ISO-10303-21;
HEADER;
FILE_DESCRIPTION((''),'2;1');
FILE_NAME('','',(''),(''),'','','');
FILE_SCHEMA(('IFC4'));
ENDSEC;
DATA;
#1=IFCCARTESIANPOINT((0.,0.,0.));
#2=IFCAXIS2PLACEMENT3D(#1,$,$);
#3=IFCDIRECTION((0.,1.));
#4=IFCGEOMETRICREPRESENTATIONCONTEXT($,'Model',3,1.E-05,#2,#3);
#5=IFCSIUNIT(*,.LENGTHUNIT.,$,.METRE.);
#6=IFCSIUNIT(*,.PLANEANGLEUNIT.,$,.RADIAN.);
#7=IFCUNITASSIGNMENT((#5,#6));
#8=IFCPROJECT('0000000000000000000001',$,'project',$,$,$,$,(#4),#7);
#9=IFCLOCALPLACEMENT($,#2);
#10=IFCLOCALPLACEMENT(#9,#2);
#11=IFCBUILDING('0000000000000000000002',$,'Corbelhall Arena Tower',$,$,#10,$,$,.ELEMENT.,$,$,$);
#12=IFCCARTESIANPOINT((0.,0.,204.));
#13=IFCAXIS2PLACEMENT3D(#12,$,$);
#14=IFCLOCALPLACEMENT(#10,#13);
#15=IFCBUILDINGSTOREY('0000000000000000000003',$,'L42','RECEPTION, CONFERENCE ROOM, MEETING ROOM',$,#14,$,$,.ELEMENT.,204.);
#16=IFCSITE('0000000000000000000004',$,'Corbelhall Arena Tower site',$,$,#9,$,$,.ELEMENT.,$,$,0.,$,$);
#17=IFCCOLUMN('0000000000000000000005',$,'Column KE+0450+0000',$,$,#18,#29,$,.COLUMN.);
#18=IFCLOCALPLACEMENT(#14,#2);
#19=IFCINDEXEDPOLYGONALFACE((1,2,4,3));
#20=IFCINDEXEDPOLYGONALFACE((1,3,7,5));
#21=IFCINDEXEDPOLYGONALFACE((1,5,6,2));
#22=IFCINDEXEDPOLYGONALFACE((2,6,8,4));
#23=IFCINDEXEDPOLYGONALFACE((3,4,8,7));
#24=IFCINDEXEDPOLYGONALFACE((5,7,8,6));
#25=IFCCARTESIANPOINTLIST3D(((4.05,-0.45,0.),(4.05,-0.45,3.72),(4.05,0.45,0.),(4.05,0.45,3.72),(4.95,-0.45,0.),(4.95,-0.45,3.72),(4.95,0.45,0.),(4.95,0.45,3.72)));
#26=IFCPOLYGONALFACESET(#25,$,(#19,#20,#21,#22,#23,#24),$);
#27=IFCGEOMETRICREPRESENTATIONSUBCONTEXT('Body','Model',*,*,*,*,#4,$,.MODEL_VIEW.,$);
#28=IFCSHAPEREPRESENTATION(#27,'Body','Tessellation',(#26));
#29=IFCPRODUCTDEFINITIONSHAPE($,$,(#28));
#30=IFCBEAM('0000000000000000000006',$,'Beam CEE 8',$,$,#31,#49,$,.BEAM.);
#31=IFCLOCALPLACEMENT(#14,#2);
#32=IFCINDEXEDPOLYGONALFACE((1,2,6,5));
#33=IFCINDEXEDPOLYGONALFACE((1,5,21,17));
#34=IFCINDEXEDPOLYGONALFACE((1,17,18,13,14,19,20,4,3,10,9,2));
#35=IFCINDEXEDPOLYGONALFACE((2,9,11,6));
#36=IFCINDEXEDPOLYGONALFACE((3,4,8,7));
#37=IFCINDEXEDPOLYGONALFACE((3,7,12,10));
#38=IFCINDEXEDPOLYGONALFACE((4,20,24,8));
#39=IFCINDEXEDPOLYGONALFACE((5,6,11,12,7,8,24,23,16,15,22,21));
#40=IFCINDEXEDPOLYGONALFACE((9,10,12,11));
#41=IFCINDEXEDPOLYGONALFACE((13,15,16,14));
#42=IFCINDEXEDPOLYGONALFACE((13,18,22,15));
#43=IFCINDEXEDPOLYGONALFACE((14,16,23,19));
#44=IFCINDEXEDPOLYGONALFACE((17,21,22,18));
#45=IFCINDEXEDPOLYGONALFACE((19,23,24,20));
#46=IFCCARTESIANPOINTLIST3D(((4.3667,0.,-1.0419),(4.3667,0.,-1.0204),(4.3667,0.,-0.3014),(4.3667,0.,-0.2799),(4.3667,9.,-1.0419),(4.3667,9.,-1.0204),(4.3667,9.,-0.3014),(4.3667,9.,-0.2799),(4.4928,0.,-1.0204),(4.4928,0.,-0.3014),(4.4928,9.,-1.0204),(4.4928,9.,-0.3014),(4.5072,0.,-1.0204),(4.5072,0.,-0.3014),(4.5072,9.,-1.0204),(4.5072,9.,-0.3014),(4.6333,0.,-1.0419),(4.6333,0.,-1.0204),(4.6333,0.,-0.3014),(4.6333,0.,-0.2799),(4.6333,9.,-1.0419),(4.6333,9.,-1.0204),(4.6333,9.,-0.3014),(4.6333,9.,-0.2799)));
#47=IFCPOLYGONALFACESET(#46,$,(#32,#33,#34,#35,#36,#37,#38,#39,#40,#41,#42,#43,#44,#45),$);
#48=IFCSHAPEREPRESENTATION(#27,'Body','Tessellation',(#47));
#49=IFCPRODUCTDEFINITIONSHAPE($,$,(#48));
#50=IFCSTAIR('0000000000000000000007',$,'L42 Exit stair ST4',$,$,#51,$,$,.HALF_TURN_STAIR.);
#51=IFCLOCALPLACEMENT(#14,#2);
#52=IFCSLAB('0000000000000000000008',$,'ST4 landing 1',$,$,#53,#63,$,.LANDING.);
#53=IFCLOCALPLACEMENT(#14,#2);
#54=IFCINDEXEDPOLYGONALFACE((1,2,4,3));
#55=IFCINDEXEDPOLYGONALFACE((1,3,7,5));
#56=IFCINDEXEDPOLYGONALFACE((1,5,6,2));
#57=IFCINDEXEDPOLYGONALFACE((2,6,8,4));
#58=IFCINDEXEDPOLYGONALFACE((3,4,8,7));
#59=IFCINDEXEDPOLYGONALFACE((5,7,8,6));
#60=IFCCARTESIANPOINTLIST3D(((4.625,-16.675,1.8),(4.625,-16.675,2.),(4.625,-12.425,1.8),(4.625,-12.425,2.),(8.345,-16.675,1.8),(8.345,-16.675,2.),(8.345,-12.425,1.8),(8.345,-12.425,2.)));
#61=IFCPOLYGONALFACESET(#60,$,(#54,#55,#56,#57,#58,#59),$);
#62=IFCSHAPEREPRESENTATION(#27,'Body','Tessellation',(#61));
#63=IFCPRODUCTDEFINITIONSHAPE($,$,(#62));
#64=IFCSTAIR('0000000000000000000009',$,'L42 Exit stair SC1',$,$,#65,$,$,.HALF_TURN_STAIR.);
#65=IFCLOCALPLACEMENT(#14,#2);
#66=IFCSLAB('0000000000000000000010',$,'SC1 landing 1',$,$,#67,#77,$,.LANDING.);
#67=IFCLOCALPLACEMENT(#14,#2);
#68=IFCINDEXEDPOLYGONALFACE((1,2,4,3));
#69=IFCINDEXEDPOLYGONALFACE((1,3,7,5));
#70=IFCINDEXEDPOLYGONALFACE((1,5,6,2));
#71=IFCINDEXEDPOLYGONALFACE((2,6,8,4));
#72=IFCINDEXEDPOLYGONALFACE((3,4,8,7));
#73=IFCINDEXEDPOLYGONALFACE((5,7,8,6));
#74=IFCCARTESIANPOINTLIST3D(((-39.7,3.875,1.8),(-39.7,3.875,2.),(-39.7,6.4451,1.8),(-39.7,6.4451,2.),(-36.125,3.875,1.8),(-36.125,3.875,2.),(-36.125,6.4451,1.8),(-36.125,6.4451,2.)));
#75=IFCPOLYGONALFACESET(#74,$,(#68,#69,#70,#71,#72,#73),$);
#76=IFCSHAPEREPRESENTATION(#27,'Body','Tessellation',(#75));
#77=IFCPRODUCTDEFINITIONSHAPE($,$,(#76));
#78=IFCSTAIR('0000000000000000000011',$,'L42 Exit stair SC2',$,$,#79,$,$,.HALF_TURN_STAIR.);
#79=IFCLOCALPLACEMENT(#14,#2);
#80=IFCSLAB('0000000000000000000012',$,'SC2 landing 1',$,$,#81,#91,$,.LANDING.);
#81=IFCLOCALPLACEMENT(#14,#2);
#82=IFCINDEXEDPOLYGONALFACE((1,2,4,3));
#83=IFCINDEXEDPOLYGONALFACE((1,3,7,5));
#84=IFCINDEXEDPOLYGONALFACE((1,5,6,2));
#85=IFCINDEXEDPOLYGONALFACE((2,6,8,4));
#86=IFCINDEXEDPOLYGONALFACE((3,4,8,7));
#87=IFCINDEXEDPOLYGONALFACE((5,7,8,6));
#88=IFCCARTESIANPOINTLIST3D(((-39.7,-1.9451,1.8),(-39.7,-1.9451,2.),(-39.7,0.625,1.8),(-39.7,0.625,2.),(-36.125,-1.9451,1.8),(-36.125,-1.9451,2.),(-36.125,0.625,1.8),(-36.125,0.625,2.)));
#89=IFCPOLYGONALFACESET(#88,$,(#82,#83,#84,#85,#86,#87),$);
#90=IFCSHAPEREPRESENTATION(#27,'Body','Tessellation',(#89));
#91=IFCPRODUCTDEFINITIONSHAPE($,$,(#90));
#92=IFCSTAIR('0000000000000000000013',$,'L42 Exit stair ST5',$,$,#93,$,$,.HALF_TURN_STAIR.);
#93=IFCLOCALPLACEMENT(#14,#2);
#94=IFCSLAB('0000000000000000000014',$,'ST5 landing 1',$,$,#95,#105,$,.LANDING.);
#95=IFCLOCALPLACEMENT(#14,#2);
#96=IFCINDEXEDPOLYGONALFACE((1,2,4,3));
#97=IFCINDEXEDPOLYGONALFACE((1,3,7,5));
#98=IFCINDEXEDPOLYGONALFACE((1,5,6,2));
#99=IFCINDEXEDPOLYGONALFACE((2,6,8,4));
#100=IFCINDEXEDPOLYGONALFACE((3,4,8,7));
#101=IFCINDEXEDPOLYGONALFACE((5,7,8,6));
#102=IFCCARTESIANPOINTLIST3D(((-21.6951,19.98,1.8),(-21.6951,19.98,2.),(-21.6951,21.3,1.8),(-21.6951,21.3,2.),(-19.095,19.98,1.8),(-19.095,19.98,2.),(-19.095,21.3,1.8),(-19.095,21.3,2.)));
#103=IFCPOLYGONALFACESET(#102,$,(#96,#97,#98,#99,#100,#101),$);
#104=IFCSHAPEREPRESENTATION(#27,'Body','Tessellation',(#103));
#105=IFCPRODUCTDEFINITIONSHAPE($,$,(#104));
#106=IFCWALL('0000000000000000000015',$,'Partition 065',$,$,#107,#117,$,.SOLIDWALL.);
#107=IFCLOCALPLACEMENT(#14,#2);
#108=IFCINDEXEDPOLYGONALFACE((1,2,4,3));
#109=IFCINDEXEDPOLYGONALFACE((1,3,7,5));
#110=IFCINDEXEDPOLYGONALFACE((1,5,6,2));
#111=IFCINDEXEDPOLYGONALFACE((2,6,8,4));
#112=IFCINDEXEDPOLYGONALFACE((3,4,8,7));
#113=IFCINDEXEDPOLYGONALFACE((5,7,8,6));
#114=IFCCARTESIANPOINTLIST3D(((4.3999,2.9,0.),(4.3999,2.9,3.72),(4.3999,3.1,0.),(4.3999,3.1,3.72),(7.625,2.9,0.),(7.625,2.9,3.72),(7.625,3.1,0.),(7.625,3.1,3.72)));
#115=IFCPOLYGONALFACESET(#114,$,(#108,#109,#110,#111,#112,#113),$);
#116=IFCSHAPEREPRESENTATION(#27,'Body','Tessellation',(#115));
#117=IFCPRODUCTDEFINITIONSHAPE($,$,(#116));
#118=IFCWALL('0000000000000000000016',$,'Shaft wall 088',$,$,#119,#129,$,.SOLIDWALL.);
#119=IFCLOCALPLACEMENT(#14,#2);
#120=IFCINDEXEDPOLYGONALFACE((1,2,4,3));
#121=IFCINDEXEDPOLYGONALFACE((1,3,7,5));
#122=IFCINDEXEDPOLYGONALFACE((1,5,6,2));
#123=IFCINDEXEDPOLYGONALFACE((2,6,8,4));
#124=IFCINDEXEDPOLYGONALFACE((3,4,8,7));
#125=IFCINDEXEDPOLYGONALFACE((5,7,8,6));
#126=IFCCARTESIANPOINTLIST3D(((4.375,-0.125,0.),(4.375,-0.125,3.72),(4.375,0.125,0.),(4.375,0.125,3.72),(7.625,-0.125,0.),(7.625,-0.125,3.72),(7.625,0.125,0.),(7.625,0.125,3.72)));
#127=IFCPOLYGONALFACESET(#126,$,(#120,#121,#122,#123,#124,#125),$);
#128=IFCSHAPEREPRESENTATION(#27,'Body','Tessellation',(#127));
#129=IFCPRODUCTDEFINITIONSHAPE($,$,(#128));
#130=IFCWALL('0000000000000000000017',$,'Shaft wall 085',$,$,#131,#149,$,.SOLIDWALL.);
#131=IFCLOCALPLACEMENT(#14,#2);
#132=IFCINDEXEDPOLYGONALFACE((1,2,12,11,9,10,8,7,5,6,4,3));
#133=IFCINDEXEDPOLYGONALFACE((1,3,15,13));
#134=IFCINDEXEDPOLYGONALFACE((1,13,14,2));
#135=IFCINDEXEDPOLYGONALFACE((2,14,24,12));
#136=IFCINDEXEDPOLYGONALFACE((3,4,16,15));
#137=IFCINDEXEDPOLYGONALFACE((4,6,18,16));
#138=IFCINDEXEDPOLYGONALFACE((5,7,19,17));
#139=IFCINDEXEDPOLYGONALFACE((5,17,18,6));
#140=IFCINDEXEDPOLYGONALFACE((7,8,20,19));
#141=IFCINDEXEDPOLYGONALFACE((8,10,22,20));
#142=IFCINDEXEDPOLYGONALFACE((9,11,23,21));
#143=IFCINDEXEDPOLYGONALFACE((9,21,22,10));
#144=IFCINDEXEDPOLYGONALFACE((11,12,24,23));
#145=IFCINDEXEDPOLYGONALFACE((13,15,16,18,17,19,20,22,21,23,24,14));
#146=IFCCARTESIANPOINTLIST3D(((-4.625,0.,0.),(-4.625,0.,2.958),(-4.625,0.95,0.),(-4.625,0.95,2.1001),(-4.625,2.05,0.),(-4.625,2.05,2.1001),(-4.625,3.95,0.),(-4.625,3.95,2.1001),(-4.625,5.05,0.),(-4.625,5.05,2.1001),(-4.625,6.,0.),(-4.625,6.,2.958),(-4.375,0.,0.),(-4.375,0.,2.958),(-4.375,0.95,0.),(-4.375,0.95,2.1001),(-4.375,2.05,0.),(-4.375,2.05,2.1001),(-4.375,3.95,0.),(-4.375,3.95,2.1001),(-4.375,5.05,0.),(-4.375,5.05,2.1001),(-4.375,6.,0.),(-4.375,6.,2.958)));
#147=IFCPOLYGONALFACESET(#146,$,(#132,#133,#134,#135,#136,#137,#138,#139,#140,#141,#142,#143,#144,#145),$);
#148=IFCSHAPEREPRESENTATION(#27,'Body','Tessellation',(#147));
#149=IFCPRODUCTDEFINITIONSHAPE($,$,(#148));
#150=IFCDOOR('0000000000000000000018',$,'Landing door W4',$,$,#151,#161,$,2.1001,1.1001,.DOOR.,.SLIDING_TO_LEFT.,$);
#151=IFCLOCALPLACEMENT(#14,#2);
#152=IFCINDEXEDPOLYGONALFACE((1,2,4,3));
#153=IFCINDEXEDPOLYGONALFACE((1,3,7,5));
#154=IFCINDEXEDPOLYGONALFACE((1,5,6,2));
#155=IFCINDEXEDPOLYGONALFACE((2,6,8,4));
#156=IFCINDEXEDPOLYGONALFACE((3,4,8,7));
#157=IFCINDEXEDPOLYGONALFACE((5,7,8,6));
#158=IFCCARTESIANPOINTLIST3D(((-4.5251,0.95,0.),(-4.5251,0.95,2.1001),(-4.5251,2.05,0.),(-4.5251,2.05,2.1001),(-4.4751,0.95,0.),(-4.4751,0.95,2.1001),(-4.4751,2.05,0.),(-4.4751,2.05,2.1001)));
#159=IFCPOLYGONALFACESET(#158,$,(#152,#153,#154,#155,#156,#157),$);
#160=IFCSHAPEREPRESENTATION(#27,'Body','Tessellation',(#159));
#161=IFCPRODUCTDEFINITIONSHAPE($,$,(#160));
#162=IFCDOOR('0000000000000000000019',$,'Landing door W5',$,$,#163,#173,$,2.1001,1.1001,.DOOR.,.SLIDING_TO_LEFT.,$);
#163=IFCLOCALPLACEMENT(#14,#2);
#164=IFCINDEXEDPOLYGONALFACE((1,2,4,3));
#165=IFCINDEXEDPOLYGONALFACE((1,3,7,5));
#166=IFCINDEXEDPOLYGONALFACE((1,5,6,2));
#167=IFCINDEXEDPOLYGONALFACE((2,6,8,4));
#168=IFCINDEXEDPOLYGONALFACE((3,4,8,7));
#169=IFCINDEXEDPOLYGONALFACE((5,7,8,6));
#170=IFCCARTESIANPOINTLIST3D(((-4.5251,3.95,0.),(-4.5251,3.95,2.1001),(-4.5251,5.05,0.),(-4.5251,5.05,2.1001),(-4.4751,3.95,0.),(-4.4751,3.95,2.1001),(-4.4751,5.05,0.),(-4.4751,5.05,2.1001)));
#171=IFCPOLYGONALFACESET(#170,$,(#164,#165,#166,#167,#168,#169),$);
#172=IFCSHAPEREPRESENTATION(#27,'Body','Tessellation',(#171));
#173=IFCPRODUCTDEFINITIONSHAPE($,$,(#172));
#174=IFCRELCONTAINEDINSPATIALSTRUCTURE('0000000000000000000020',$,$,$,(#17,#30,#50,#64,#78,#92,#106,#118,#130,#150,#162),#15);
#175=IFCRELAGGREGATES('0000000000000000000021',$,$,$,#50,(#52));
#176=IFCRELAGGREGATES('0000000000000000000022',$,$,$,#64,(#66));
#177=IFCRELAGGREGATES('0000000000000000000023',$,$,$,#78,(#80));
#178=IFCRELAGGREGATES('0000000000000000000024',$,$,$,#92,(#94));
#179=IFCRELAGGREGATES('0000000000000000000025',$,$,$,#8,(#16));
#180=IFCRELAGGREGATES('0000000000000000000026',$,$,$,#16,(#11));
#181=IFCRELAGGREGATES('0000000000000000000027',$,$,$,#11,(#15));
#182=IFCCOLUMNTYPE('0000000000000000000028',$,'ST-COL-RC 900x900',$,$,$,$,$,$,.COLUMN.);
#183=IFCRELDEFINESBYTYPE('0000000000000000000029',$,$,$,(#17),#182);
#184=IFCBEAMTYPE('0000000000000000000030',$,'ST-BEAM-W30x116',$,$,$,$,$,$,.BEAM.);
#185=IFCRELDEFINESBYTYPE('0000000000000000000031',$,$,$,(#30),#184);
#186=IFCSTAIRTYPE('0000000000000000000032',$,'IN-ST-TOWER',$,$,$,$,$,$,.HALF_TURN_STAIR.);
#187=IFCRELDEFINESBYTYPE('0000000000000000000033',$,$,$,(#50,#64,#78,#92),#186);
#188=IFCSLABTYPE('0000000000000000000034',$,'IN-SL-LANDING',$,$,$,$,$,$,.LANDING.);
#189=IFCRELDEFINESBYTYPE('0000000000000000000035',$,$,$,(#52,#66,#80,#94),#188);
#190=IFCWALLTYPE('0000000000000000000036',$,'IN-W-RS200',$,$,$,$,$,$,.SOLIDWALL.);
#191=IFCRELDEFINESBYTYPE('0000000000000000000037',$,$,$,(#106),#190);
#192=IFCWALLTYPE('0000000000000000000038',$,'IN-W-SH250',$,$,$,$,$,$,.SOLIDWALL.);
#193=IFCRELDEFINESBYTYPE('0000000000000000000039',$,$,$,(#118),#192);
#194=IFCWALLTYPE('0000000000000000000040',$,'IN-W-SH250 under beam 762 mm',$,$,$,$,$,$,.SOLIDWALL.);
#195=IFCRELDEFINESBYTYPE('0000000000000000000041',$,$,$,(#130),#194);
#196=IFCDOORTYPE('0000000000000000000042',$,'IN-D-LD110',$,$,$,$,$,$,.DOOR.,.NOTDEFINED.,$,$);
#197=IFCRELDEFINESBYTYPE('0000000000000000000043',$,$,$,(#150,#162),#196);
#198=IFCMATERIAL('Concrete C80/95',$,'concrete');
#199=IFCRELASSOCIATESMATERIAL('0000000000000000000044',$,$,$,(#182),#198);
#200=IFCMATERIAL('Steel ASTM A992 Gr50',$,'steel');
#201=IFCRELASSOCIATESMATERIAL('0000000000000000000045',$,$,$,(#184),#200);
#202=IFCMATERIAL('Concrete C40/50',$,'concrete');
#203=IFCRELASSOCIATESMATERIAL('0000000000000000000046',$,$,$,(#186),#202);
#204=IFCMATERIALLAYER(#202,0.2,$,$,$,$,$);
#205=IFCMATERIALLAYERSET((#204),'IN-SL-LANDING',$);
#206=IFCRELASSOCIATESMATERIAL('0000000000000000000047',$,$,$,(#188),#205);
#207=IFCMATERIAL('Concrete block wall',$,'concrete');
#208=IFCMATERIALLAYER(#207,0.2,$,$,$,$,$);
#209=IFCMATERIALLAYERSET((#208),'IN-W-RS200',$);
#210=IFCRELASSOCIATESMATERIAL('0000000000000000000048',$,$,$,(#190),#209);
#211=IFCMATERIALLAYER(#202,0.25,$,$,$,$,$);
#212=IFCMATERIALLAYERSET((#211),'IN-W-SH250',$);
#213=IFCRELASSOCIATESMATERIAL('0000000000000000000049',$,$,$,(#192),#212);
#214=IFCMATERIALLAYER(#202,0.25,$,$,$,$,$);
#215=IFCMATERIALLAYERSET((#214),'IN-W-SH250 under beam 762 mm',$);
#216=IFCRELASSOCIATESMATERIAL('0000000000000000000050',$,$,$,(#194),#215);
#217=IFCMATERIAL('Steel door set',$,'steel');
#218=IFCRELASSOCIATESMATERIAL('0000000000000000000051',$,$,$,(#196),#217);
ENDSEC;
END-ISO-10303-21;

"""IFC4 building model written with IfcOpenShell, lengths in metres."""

from ifc_helpers import new_model, si_unit, direction, frame, frame_2d, origin, origin_2d, place, context, subcontext, project, spatial, polyline, rectangle, i_section, outline, extrude, material, layer, layer_set, material_profile, profile_set, type_object, element, fill, aggregate, save


model = new_model("IFC4")

# Units and contexts
model_context = context("Model", 3, precision=1e-05, world=origin(), true_north=direction((0.0, 1.0)))
body_context = subcontext(model_context, "Body", "Model", "MODEL_VIEW")
ifc_project = project(units=[si_unit("LENGTHUNIT", "METRE"), si_unit("PLANEANGLEUNIT", "RADIAN")], contexts=[model_context])

# Site, building, storey
site_placement = place(None, origin())
site = spatial("IfcSite", under=ifc_project, at=site_placement, Name="Corbelhall Arena Tower site", CompositionType="ELEMENT", RefElevation=0.0)
building_placement = place(site_placement, origin())
building = spatial("IfcBuilding", under=site, at=building_placement, Name="Corbelhall Arena Tower", CompositionType="ELEMENT")
storey_placement = place(building_placement, frame((0.0, 0.0, 204.0)))
storey = spatial("IfcBuildingStorey", under=building, at=storey_placement, Name="L42", Description="RECEPTION, CONFERENCE ROOM, MEETING ROOM", CompositionType="ELEMENT", Elevation=204.0)

# Column
ifc_material_1 = material(Name="Concrete C80/95", Category="concrete")
ifc_material_profile_1 = material_profile(ifc_material_1, rectangle(XDim=0.8999, YDim=0.8999, at=origin_2d()))
ifc_profile_set_1 = profile_set([ifc_material_profile_1], Name="Concrete C80/95")
column_type = type_object("IfcColumnType", Name="ST-COL-RC 900x900", PredefinedType="COLUMN", material=ifc_profile_set_1)
column_placement = place(storey_placement, frame((4.5, 0.0, 0.0), z_axis=(0.0, 0.0, 1.0), x_axis=(1.0, 0.0, 0.0)))
element("IfcColumn", 1, at=column_placement, inside=storey, type_object=column_type, Name="Column KE+0450+0000", PredefinedType="COLUMN", context=body_context, shape_type="SweptSolid", body=[
    extrude(rectangle(XDim=0.8999, YDim=0.8999, at=origin_2d()), origin(), (0.0, 0.0, 1.0), 3.72),
])

# Beam
ifc_material_2 = material(Name="Steel ASTM A992 Gr50", Category="steel")
ifc_material_profile_2 = material_profile(ifc_material_2, i_section(OverallWidth=0.2666, OverallDepth=0.762, WebThickness=0.0144, FlangeThickness=0.0215, at=origin_2d()))
ifc_profile_set_2 = profile_set([ifc_material_profile_2], Name="Steel ASTM A992 Gr50")
beam_type = type_object("IfcBeamType", Name="ST-BEAM-W30x116", PredefinedType="BEAM", material=ifc_profile_set_2)
beam_placement = place(storey_placement, frame((4.5, 0.0, -0.6609), z_axis=(0.0, 1.0, 0.0), x_axis=(-1.0, 0.0, 0.0)))
element("IfcBeam", 2, at=beam_placement, inside=storey, type_object=beam_type, Name="Beam CEE 8", PredefinedType="BEAM", context=body_context, shape_type="SweptSolid", body=[
    extrude(i_section(OverallWidth=0.2666, OverallDepth=0.762, WebThickness=0.0144, FlangeThickness=0.0215, at=origin_2d()), origin(), (0.0, 0.0, 1.0), 9.0),
])

# Stairs, slabs
ifc_material_3 = material(Name="Concrete C40/50", Category="concrete")
stair_type = type_object("IfcStairType", Name="IN-ST-TOWER", PredefinedType="HALF_TURN_STAIR", material=ifc_material_3)
stair_1_placement = place(storey_placement, origin())
stair_1 = element("IfcStair", 3, at=stair_1_placement, inside=storey, type_object=stair_type, Name="L42 Exit stair ST4", PredefinedType="HALF_TURN_STAIR")
ifc_layer_1 = layer(ifc_material_3, 0.2)
ifc_layer_set_1 = layer_set([ifc_layer_1], Name="IN-SL-LANDING")
slab_type = type_object("IfcSlabType", Name="IN-SL-LANDING", PredefinedType="LANDING", material=ifc_layer_set_1)
slab_1_placement = place(storey_placement, frame((0.0, 0.0, 1.8)))
slab_1 = element("IfcSlab", 4, at=slab_1_placement, type_object=slab_type, Name="ST4 landing 1", PredefinedType="LANDING", context=body_context, shape_type="SweptSolid", body=[
    extrude(outline(polyline([(8.345, -12.425), (4.625, -12.425), (4.625, -16.675), (8.345, -16.675), (8.345, -12.425)])), origin(), (0.0, 0.0, 1.0), 0.2),
])
aggregate(stair_1, [slab_1])
stair_2_placement = place(storey_placement, origin())
stair_2 = element("IfcStair", 5, at=stair_2_placement, inside=storey, type_object=stair_type, Name="L42 Exit stair SC1", PredefinedType="HALF_TURN_STAIR")
slab_2_placement = place(storey_placement, frame((0.0, 0.0, 1.8)))
slab_2 = element("IfcSlab", 6, at=slab_2_placement, type_object=slab_type, Name="SC1 landing 1", PredefinedType="LANDING", context=body_context, shape_type="SweptSolid", body=[
    extrude(outline(polyline([(-39.7, 6.4451), (-39.7, 3.875), (-36.125, 3.875), (-36.125, 6.4451), (-39.7, 6.4451)])), origin(), (0.0, 0.0, 1.0), 0.2),
])
aggregate(stair_2, [slab_2])
stair_3_placement = place(storey_placement, origin())
stair_3 = element("IfcStair", 7, at=stair_3_placement, inside=storey, type_object=stair_type, Name="L42 Exit stair SC2", PredefinedType="HALF_TURN_STAIR")
slab_3_placement = place(storey_placement, frame((0.0, 0.0, 1.8)))
slab_3 = element("IfcSlab", 8, at=slab_3_placement, type_object=slab_type, Name="SC2 landing 1", PredefinedType="LANDING", context=body_context, shape_type="SweptSolid", body=[
    extrude(outline(polyline([(-36.125, -1.9451), (-36.125, 0.625), (-39.7, 0.625), (-39.7, -1.9451), (-36.125, -1.9451)])), origin(), (0.0, 0.0, 1.0), 0.2),
])
aggregate(stair_3, [slab_3])
stair_4_placement = place(storey_placement, origin())
stair_4 = element("IfcStair", 9, at=stair_4_placement, inside=storey, type_object=stair_type, Name="L42 Exit stair ST5", PredefinedType="HALF_TURN_STAIR")
slab_4_placement = place(storey_placement, frame((0.0, 0.0, 1.8)))
slab_4 = element("IfcSlab", 10, at=slab_4_placement, type_object=slab_type, Name="ST5 landing 1", PredefinedType="LANDING", context=body_context, shape_type="SweptSolid", body=[
    extrude(outline(polyline([(-19.095, 19.98), (-19.095, 21.3), (-21.6951, 21.3), (-21.6951, 19.98), (-19.095, 19.98)])), origin(), (0.0, 0.0, 1.0), 0.2),
])
aggregate(stair_4, [slab_4])

# Wall
ifc_material_4 = material(Name="Concrete block wall", Category="concrete")
ifc_layer_2 = layer(ifc_material_4, 0.2)
ifc_layer_set_2 = layer_set([ifc_layer_2], Name="IN-W-RS200")
wall_type_1 = type_object("IfcWallType", Name="IN-W-RS200", PredefinedType="SOLIDWALL", material=ifc_layer_set_2)
wall_1_placement = place(storey_placement, frame((4.3999, 3.0, 0.0), z_axis=(0.0, 0.0, 1.0), x_axis=(1.0, 0.0, 0.0)))
element("IfcWall", 11, at=wall_1_placement, inside=storey, type_object=wall_type_1, Name="Partition 065", PredefinedType="SOLIDWALL", context=body_context, shape_type="SweptSolid", body=[
    extrude(rectangle(XDim=3.2251, YDim=0.2, at=frame_2d((1.6125, 0.0))), origin(), (0.0, 0.0, 1.0), 3.72),
])

# Shared definitions
ifc_material_5 = material(Name="Steel door set", Category="steel")

# Wall
ifc_layer_3 = layer(ifc_material_3, 0.25)
ifc_layer_set_3 = layer_set([ifc_layer_3], Name="IN-W-SH250")
wall_type_2 = type_object("IfcWallType", Name="IN-W-SH250", PredefinedType="SOLIDWALL", material=ifc_layer_set_3)
wall_2_placement = place(storey_placement, frame((4.375, 0.0, 0.0), z_axis=(0.0, 0.0, 1.0), x_axis=(1.0, 0.0, 0.0)))
element("IfcWall", 12, at=wall_2_placement, inside=storey, type_object=wall_type_2, Name="Shaft wall 088", PredefinedType="SOLIDWALL", context=body_context, shape_type="SweptSolid", body=[
    extrude(rectangle(XDim=3.25, YDim=0.25, at=frame_2d((1.625, 0.0))), origin(), (0.0, 0.0, 1.0), 3.72),
])

# Wall, openings, doors
ifc_layer_4 = layer(ifc_material_3, 0.25)
ifc_layer_set_4 = layer_set([ifc_layer_4], Name="IN-W-SH250 under beam 762 mm")
wall_type_3 = type_object("IfcWallType", Name="IN-W-SH250 under beam 762 mm", PredefinedType="SOLIDWALL", material=ifc_layer_set_4)
wall_3_placement = place(storey_placement, frame((-4.5, 6.0, 0.0), z_axis=(0.0, 0.0, 1.0), x_axis=(0.0, -1.0, 0.0)))
wall_3 = element("IfcWall", 13, at=wall_3_placement, inside=storey, type_object=wall_type_3, Name="Shaft wall 085", PredefinedType="SOLIDWALL", context=body_context, shape_type="SweptSolid", body=[
    extrude(rectangle(XDim=6.0, YDim=0.25, at=frame_2d((3.0, 0.0))), origin(), (0.0, 0.0, 1.0), 2.958),
])
opening_1_placement = place(wall_3_placement, frame((3.95, 0.0, 0.0)))
opening_1 = element("IfcOpeningElement", 14, at=opening_1_placement, cuts=wall_3, PredefinedType="OPENING", context=body_context, shape_type="SweptSolid", body=[
    extrude(rectangle(XDim=1.1001, YDim=2.1001, at=frame_2d((0.55, 1.05))), frame((0.0, 0.125, 0.0), z_axis=(0.0, -1.0, 0.0), x_axis=(1.0, 0.0, 0.0)), (0.0, 0.0, 1.0), 0.25),
])
opening_2_placement = place(wall_3_placement, frame((0.95, 0.0, 0.0)))
opening_2 = element("IfcOpeningElement", 15, at=opening_2_placement, cuts=wall_3, PredefinedType="OPENING", context=body_context, shape_type="SweptSolid", body=[
    extrude(rectangle(XDim=1.1001, YDim=2.1001, at=frame_2d((0.55, 1.05))), frame((0.0, 0.125, 0.0), z_axis=(0.0, -1.0, 0.0), x_axis=(1.0, 0.0, 0.0)), (0.0, 0.0, 1.0), 0.25),
])
door_type_1 = type_object("IfcDoorType", Name="IN-D-LD110", OperationType="NOTDEFINED", PredefinedType="DOOR", material=ifc_material_5)
door_1_placement = place(opening_1_placement, origin())
door_1 = element("IfcDoor", 16, at=door_1_placement, inside=storey, type_object=door_type_1, Name="Landing door W4", OperationType="SLIDING_TO_LEFT", OverallHeight=2.1001, OverallWidth=1.1001, PredefinedType="DOOR", context=body_context, shape_type="SweptSolid", body=[
    extrude(rectangle(XDim=1.1001, YDim=2.1001, at=frame_2d((0.55, 1.05))), frame((0.0, 0.0249, 0.0), z_axis=(0.0, -1.0, 0.0), x_axis=(1.0, 0.0, 0.0)), (0.0, 0.0, 1.0), 0.05),
])
fill(opening_1, door_1)
door_2_placement = place(opening_2_placement, origin())
door_2 = element("IfcDoor", 17, at=door_2_placement, inside=storey, type_object=door_type_1, Name="Landing door W5", OperationType="SLIDING_TO_LEFT", OverallHeight=2.1001, OverallWidth=1.1001, PredefinedType="DOOR", context=body_context, shape_type="SweptSolid", body=[
    extrude(rectangle(XDim=1.1001, YDim=2.1001, at=frame_2d((0.55, 1.05))), frame((0.0, 0.0249, 0.0), z_axis=(0.0, -1.0, 0.0), x_axis=(1.0, 0.0, 0.0)), (0.0, 0.0, 1.0), 0.05),
])
fill(opening_2, door_2)

save(model, "model.ifc")
